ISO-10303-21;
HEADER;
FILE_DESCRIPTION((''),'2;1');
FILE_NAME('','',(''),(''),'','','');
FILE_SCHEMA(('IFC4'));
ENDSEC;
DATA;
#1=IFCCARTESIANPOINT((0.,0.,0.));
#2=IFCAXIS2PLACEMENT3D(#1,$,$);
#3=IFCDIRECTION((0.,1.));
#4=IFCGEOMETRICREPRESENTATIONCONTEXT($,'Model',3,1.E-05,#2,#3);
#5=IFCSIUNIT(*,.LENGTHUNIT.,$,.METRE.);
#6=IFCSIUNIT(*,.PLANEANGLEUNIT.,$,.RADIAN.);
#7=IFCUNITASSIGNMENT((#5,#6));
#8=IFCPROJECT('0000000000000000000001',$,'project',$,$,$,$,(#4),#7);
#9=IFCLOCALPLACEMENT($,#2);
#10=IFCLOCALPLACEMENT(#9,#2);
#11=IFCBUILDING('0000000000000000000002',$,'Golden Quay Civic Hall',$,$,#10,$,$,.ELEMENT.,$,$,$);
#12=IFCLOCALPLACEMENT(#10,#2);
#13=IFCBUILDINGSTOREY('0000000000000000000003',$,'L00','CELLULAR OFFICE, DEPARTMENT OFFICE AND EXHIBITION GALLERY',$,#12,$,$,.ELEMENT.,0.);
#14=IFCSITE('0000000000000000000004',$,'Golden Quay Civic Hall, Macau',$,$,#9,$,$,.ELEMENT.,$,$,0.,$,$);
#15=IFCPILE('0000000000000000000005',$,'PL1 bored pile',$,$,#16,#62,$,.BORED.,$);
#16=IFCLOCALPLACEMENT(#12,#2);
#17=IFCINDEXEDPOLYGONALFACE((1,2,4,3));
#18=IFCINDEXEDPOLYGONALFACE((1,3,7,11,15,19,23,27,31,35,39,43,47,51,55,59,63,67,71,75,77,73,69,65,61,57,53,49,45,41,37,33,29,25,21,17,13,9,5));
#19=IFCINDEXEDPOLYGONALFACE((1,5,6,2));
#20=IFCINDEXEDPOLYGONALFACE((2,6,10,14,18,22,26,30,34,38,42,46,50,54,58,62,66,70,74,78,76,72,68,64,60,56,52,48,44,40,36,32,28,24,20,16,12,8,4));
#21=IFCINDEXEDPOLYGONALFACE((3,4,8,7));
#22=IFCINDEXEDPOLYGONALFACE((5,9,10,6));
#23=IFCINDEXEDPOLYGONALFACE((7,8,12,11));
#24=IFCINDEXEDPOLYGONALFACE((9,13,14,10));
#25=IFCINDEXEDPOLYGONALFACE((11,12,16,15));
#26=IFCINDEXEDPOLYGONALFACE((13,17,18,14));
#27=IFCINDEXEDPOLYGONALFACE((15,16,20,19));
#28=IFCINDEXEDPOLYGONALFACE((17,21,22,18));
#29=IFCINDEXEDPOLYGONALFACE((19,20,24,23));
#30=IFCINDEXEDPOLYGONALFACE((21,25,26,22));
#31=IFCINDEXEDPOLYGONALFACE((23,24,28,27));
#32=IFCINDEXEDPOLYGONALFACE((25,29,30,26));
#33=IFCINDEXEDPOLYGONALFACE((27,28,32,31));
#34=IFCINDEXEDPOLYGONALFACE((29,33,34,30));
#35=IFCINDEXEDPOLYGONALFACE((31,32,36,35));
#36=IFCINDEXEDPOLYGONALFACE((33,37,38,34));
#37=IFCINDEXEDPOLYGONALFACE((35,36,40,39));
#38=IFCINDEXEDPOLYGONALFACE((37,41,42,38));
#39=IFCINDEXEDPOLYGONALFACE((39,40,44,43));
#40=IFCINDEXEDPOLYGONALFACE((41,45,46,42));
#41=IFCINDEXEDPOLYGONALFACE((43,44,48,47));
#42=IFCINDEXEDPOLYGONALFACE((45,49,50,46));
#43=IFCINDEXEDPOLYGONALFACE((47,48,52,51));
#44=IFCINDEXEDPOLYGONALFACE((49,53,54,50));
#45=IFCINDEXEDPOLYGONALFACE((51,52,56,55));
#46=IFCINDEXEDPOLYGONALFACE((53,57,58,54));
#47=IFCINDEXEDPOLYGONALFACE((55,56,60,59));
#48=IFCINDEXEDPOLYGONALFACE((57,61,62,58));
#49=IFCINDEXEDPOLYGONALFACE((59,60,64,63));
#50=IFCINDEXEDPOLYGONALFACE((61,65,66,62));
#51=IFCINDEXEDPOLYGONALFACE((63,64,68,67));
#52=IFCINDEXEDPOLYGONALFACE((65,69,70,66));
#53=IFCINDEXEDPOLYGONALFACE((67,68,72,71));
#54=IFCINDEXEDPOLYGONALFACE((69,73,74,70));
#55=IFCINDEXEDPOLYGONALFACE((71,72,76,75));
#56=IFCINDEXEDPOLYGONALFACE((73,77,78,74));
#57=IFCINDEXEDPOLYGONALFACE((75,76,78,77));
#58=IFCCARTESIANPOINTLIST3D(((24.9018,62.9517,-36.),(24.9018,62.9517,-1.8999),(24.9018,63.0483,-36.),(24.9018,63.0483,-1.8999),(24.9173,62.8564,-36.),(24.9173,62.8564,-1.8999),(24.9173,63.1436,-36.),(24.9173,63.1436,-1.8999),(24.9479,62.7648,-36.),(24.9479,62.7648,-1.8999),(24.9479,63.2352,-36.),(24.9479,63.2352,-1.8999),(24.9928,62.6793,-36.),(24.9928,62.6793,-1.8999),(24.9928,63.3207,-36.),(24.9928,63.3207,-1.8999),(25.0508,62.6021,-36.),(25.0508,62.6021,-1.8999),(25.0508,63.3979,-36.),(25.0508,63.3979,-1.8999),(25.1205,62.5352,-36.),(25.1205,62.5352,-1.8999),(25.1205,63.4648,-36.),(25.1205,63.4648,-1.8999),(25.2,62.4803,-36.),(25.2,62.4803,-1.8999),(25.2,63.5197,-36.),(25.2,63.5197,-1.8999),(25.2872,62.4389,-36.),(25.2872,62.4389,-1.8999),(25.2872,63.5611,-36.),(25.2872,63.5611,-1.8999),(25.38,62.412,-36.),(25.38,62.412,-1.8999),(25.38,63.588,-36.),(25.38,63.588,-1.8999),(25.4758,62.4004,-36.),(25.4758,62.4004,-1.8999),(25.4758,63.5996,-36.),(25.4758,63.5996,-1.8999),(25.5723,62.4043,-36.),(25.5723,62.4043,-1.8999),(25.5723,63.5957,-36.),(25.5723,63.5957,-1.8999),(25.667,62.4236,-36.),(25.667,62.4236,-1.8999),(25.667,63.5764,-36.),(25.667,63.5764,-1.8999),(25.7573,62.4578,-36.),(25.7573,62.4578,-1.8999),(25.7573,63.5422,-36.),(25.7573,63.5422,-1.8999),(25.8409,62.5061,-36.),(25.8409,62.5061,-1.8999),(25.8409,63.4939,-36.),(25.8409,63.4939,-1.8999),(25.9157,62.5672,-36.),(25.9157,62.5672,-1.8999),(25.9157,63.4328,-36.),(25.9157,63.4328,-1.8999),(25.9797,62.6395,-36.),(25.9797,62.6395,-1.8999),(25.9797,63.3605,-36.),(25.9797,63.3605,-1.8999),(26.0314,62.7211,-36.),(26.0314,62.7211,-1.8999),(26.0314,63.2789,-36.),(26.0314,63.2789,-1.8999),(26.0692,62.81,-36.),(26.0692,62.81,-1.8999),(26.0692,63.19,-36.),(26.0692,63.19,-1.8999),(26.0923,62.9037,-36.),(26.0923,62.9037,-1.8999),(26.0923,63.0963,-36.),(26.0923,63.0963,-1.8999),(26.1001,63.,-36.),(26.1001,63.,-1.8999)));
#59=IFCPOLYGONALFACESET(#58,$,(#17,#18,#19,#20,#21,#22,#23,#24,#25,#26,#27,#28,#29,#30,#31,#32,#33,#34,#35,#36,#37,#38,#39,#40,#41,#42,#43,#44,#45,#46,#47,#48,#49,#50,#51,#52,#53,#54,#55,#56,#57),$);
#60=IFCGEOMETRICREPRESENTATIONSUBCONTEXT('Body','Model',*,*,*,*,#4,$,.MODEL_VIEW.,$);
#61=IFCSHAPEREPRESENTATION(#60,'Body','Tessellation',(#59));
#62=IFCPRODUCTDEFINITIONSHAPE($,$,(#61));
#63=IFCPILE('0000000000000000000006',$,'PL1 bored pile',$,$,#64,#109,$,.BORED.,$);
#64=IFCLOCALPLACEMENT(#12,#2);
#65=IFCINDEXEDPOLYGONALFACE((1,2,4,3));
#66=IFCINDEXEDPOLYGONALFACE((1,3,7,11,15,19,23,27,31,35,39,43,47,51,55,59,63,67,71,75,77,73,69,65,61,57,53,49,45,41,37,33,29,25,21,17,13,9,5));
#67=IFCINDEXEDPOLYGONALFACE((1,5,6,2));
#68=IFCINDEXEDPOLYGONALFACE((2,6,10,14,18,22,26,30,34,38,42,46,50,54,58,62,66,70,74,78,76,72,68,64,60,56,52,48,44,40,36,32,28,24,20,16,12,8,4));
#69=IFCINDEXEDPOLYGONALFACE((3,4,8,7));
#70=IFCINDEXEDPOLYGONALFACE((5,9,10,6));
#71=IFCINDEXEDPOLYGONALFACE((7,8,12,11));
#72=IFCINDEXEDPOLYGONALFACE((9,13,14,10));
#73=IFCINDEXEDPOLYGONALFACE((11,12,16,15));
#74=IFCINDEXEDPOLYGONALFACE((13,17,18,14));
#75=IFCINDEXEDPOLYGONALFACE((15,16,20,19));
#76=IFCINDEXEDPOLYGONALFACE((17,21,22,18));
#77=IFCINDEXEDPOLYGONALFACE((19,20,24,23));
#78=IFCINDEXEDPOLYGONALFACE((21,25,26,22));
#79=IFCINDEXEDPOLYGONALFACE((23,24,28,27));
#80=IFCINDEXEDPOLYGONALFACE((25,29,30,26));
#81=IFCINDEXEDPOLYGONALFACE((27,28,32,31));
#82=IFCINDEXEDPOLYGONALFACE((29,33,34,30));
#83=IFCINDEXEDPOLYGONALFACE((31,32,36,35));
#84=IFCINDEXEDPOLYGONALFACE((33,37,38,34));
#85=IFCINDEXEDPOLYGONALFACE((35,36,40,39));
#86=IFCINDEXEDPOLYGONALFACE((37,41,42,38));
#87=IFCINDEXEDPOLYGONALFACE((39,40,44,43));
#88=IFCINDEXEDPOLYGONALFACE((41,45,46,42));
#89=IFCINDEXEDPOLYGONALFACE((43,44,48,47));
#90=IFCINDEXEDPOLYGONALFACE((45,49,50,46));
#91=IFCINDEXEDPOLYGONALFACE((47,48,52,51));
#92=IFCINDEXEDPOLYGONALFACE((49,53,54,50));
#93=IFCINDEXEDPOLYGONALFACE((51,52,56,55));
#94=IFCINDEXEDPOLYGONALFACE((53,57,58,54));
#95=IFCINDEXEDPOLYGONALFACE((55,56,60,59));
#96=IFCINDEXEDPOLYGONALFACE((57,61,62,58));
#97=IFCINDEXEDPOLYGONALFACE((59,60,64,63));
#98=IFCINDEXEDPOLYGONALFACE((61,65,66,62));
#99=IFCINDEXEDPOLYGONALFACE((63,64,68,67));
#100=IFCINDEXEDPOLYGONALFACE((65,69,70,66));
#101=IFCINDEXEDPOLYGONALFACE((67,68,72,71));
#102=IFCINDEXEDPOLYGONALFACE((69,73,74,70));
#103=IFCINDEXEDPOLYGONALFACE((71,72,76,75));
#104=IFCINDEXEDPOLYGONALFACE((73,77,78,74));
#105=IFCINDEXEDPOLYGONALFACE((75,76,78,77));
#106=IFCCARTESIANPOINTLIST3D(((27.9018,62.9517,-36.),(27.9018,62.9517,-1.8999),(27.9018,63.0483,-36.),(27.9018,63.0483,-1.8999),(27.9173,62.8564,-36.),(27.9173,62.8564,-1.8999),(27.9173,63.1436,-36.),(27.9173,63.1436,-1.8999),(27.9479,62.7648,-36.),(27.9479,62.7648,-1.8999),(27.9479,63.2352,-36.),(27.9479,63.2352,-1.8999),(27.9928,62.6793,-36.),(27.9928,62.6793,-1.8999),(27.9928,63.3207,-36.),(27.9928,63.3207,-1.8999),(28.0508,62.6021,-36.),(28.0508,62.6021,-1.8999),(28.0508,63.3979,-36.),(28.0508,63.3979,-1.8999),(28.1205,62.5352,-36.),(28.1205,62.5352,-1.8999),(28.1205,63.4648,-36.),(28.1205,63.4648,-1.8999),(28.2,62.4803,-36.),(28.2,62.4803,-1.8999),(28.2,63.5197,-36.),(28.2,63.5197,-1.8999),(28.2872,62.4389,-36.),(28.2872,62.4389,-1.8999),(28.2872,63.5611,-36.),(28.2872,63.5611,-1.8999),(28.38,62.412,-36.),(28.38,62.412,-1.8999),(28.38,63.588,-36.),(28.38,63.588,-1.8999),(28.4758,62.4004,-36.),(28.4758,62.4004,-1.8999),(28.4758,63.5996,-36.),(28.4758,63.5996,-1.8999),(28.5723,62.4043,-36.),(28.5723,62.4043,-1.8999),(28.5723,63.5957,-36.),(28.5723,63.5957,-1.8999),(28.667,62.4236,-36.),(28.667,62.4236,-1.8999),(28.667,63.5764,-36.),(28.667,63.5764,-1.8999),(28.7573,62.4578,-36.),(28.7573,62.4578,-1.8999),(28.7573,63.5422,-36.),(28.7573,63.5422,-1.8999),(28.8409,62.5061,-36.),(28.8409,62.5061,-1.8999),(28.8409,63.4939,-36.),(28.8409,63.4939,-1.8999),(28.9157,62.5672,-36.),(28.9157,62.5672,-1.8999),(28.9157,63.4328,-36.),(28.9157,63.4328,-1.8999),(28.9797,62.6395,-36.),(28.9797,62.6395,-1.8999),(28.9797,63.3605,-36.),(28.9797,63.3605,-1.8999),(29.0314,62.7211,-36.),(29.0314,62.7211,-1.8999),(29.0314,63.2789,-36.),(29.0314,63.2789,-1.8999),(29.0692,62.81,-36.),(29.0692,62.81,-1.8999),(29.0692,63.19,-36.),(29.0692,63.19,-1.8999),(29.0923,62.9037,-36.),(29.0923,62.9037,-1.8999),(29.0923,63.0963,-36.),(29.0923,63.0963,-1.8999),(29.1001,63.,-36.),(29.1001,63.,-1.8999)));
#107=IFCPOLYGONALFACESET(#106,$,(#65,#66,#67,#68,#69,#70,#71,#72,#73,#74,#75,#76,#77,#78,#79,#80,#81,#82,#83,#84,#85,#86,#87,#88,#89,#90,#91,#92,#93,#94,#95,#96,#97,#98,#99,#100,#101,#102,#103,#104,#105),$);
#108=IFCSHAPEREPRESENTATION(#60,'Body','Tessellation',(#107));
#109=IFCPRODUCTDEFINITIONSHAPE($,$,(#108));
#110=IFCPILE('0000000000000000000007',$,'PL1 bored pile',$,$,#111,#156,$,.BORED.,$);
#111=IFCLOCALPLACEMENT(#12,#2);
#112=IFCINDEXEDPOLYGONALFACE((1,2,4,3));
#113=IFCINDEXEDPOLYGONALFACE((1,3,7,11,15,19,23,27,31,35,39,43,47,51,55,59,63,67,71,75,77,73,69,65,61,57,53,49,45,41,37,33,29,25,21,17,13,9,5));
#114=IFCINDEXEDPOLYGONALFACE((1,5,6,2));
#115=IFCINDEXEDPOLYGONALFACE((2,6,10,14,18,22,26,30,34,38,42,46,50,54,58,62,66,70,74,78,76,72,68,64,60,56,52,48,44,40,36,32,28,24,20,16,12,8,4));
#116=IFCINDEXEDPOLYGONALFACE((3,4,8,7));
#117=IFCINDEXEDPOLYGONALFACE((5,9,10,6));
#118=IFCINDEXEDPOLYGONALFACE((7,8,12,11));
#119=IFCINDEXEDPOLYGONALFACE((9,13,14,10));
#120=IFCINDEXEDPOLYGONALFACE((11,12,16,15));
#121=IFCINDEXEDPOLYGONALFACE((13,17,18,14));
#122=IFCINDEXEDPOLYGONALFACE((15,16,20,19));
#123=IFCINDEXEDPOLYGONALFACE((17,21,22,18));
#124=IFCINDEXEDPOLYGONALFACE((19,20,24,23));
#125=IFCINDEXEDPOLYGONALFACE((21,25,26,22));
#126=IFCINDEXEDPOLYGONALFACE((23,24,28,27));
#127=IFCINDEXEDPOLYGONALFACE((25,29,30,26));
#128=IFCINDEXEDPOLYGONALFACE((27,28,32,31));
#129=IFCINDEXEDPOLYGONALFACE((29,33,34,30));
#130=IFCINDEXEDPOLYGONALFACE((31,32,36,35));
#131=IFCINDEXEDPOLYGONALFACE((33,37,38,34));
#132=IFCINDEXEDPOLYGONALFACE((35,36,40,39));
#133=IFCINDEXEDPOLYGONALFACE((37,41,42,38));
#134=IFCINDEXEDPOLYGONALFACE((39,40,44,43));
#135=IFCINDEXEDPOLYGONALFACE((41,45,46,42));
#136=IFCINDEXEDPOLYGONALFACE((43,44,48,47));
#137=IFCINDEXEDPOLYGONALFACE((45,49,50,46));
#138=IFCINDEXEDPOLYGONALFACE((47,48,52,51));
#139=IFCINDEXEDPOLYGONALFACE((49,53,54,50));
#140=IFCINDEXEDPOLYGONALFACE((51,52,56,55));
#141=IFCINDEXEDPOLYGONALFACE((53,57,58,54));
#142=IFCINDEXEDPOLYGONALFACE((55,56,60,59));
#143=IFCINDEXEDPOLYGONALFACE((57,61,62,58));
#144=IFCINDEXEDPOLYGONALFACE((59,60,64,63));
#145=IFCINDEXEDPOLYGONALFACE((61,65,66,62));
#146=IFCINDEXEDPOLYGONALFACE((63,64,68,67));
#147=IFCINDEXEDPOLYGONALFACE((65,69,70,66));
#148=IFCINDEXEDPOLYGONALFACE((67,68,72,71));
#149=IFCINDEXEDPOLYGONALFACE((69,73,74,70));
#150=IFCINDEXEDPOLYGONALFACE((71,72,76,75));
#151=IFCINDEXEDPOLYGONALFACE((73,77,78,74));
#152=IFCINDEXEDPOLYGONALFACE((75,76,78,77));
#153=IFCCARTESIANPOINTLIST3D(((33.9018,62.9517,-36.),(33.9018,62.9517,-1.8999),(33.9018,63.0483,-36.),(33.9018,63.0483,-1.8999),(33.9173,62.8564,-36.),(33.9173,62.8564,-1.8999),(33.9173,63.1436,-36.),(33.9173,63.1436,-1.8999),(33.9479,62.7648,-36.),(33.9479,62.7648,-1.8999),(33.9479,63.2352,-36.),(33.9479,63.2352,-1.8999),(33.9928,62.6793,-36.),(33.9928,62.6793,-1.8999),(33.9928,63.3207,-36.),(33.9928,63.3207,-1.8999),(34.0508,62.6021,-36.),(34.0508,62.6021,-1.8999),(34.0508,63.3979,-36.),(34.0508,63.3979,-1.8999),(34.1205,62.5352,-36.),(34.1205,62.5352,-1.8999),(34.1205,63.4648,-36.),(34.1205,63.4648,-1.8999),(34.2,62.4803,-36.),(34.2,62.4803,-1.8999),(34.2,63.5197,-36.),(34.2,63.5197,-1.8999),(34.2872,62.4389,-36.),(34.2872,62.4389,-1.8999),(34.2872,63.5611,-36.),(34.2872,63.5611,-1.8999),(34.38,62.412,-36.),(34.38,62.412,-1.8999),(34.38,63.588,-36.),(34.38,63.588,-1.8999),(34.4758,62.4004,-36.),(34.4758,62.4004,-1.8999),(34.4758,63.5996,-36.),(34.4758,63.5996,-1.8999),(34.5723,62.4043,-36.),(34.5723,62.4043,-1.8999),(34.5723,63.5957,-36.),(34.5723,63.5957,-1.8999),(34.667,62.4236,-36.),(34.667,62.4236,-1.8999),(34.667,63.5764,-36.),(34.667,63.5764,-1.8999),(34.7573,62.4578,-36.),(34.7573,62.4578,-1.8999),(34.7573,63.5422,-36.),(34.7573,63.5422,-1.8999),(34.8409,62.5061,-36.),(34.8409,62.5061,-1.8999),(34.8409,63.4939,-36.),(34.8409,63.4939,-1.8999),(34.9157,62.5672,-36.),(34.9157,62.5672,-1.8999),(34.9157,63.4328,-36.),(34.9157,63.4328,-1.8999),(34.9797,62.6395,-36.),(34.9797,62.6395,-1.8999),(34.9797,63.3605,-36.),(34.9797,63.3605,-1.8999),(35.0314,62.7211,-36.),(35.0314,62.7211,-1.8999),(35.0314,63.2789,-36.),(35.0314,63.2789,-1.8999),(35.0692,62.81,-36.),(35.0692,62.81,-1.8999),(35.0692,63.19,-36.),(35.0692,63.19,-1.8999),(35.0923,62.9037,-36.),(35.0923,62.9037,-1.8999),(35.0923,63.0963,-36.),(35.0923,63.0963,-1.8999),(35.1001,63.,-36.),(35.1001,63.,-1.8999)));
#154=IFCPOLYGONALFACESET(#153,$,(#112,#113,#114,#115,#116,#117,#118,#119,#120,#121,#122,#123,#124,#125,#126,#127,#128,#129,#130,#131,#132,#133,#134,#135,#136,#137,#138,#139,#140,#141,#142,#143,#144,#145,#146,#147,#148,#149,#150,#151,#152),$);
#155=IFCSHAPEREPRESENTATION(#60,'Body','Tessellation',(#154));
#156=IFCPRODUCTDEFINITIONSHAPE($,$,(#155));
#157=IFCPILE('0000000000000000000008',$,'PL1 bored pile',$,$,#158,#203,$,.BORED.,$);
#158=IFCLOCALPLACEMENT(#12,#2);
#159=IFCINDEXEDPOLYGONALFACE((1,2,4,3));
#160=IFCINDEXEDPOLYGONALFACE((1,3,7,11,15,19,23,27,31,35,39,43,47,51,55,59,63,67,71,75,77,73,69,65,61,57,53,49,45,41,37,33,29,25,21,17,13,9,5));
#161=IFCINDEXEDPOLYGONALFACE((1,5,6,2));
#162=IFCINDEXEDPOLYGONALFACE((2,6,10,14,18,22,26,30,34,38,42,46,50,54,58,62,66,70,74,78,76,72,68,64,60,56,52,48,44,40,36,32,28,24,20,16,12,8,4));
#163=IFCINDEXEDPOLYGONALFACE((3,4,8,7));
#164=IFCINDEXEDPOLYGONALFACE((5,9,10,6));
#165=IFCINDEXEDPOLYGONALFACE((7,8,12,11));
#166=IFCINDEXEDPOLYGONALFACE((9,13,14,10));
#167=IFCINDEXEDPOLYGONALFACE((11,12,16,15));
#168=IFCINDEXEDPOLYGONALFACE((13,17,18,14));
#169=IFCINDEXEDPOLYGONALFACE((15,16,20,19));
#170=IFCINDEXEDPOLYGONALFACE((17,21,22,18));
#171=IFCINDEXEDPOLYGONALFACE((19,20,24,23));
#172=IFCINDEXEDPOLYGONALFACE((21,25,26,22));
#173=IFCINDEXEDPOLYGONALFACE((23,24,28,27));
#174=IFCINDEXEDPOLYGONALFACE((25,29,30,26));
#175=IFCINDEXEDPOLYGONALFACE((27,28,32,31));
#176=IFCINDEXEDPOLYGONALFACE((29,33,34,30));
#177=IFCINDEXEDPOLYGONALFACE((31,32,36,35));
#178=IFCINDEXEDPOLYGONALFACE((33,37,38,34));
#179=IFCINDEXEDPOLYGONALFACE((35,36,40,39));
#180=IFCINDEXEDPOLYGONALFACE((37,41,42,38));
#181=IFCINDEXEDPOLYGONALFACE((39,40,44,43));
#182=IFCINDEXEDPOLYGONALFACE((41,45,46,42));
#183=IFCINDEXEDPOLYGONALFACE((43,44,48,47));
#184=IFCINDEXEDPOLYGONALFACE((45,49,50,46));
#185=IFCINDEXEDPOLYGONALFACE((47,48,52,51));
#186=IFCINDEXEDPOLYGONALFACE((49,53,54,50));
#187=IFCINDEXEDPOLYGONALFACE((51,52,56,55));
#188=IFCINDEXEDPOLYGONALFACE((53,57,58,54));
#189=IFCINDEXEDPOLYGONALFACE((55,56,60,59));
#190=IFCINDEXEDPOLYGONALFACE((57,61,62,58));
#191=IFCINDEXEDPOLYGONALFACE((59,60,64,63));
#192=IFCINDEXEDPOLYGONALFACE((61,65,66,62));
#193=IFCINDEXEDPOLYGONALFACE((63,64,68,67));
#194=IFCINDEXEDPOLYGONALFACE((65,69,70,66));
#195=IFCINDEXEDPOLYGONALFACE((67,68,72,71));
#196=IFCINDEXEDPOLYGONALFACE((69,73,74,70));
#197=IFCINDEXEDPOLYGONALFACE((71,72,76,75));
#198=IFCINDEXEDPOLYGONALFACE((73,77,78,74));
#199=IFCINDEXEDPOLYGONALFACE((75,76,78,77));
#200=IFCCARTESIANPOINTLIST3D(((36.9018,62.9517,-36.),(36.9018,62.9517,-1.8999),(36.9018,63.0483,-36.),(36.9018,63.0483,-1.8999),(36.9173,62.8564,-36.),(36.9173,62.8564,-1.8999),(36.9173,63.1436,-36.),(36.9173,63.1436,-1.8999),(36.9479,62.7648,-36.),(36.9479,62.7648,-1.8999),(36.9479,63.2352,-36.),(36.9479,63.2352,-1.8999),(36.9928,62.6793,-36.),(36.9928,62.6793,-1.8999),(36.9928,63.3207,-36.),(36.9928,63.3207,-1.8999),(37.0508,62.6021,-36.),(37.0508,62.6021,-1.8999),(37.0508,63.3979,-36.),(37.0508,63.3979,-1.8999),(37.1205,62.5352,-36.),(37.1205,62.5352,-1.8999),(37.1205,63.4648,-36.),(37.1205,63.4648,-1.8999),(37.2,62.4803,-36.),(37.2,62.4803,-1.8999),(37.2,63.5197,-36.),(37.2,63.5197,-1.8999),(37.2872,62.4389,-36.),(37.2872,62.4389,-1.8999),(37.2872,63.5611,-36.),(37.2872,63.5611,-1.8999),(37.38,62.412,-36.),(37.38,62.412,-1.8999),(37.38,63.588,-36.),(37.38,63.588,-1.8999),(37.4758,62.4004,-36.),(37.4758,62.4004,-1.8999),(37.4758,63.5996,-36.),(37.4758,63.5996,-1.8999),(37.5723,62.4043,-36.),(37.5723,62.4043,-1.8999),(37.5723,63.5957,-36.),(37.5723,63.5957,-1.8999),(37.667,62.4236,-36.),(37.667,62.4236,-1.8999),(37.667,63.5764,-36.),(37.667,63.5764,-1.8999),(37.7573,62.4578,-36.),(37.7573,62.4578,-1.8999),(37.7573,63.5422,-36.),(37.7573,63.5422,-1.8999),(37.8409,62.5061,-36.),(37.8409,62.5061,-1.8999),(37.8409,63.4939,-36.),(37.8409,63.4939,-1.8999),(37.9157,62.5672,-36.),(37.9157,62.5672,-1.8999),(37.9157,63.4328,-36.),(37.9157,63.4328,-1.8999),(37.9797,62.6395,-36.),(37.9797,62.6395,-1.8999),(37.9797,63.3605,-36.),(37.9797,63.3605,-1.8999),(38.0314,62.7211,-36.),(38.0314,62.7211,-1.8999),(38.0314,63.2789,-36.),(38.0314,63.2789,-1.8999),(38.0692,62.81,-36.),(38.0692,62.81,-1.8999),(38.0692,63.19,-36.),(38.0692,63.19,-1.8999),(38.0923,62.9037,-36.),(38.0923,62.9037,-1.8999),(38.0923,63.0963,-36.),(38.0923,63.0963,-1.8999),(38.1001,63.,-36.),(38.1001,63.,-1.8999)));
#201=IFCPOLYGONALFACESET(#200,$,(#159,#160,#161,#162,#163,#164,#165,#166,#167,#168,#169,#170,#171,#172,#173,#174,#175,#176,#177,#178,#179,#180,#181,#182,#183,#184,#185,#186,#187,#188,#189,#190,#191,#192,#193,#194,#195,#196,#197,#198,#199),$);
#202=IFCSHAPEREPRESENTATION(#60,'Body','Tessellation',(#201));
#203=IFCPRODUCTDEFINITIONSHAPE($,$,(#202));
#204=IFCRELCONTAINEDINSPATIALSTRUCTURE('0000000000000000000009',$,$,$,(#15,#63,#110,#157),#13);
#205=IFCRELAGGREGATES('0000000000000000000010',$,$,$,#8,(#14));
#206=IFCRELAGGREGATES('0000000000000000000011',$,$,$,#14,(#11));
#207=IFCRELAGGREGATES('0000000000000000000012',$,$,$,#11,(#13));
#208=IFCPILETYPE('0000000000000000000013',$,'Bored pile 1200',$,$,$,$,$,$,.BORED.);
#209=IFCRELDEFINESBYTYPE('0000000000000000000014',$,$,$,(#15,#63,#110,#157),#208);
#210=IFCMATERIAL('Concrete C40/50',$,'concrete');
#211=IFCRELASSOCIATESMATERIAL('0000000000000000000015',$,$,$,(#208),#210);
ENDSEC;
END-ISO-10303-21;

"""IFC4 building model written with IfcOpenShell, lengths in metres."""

from ifc_helpers import new_model, si_unit, direction, frame, origin, origin_2d, place, context, subcontext, project, spatial, circle, extrude, material, material_profile, profile_set, type_object, element, save


model = new_model("IFC4")

# Units and contexts
model_context = context("Model", 3, precision=1e-05, world=origin(), true_north=direction((0.0, 1.0)))
body_context = subcontext(model_context, "Body", "Model", "MODEL_VIEW")
ifc_project = project(units=[si_unit("LENGTHUNIT", "METRE"), si_unit("PLANEANGLEUNIT", "RADIAN")], contexts=[model_context])

# Site, building, storey
site_placement = place(None, origin())
site = spatial("IfcSite", under=ifc_project, at=site_placement, Name="Golden Quay Civic Hall, Macau", CompositionType="ELEMENT", RefElevation=0.0)
building_placement = place(site_placement, origin())
building = spatial("IfcBuilding", under=site, at=building_placement, Name="Golden Quay Civic Hall", CompositionType="ELEMENT")
storey_placement = place(building_placement, origin())
storey = spatial("IfcBuildingStorey", under=building, at=storey_placement, Name="L00", Description="CELLULAR OFFICE, DEPARTMENT OFFICE AND EXHIBITION GALLERY", CompositionType="ELEMENT", Elevation=0.0)

# Piles
ifc_material_1 = material(Name="Concrete C40/50", Category="concrete")
ifc_material_profile_1 = material_profile(ifc_material_1, circle(Radius=0.6001, at=origin_2d()), Name="RC D1200")
ifc_profile_set_1 = profile_set([ifc_material_profile_1], Name="Concrete C40/50")
pile_type = type_object("IfcPileType", Name="Bored pile 1200", PredefinedType="BORED", material=ifc_profile_set_1)
for number, where, z_axis, x_axis, name in (
    (1, (25.5, 63.0, -1.8999), (0.0, 0.0, -1.0), (1.0, 0.0, 0.0), "PL1 bored pile"),
    (2, (28.5, 63.0, -1.8999), (0.0, 0.0, -1.0), (1.0, 0.0, 0.0), "PL1 bored pile"),
    (3, (34.5, 63.0, -1.8999), (0.0, 0.0, -1.0), (1.0, 0.0, 0.0), "PL1 bored pile"),
    (4, (37.5, 63.0, -1.8999), (0.0, 0.0, -1.0), (1.0, 0.0, 0.0), "PL1 bored pile"),
):
    element("IfcPile", number, at=place(storey_placement, frame(where, z_axis=z_axis, x_axis=x_axis)), inside=storey, type_object=pile_type, Name=name, PredefinedType="BORED", context=body_context, shape_type="SweptSolid", body=[
        extrude(circle(Radius=0.6001, at=origin_2d()), origin(), (0.0, 0.0, 1.0), 34.1001),
    ])

save(model, "model.ifc")
